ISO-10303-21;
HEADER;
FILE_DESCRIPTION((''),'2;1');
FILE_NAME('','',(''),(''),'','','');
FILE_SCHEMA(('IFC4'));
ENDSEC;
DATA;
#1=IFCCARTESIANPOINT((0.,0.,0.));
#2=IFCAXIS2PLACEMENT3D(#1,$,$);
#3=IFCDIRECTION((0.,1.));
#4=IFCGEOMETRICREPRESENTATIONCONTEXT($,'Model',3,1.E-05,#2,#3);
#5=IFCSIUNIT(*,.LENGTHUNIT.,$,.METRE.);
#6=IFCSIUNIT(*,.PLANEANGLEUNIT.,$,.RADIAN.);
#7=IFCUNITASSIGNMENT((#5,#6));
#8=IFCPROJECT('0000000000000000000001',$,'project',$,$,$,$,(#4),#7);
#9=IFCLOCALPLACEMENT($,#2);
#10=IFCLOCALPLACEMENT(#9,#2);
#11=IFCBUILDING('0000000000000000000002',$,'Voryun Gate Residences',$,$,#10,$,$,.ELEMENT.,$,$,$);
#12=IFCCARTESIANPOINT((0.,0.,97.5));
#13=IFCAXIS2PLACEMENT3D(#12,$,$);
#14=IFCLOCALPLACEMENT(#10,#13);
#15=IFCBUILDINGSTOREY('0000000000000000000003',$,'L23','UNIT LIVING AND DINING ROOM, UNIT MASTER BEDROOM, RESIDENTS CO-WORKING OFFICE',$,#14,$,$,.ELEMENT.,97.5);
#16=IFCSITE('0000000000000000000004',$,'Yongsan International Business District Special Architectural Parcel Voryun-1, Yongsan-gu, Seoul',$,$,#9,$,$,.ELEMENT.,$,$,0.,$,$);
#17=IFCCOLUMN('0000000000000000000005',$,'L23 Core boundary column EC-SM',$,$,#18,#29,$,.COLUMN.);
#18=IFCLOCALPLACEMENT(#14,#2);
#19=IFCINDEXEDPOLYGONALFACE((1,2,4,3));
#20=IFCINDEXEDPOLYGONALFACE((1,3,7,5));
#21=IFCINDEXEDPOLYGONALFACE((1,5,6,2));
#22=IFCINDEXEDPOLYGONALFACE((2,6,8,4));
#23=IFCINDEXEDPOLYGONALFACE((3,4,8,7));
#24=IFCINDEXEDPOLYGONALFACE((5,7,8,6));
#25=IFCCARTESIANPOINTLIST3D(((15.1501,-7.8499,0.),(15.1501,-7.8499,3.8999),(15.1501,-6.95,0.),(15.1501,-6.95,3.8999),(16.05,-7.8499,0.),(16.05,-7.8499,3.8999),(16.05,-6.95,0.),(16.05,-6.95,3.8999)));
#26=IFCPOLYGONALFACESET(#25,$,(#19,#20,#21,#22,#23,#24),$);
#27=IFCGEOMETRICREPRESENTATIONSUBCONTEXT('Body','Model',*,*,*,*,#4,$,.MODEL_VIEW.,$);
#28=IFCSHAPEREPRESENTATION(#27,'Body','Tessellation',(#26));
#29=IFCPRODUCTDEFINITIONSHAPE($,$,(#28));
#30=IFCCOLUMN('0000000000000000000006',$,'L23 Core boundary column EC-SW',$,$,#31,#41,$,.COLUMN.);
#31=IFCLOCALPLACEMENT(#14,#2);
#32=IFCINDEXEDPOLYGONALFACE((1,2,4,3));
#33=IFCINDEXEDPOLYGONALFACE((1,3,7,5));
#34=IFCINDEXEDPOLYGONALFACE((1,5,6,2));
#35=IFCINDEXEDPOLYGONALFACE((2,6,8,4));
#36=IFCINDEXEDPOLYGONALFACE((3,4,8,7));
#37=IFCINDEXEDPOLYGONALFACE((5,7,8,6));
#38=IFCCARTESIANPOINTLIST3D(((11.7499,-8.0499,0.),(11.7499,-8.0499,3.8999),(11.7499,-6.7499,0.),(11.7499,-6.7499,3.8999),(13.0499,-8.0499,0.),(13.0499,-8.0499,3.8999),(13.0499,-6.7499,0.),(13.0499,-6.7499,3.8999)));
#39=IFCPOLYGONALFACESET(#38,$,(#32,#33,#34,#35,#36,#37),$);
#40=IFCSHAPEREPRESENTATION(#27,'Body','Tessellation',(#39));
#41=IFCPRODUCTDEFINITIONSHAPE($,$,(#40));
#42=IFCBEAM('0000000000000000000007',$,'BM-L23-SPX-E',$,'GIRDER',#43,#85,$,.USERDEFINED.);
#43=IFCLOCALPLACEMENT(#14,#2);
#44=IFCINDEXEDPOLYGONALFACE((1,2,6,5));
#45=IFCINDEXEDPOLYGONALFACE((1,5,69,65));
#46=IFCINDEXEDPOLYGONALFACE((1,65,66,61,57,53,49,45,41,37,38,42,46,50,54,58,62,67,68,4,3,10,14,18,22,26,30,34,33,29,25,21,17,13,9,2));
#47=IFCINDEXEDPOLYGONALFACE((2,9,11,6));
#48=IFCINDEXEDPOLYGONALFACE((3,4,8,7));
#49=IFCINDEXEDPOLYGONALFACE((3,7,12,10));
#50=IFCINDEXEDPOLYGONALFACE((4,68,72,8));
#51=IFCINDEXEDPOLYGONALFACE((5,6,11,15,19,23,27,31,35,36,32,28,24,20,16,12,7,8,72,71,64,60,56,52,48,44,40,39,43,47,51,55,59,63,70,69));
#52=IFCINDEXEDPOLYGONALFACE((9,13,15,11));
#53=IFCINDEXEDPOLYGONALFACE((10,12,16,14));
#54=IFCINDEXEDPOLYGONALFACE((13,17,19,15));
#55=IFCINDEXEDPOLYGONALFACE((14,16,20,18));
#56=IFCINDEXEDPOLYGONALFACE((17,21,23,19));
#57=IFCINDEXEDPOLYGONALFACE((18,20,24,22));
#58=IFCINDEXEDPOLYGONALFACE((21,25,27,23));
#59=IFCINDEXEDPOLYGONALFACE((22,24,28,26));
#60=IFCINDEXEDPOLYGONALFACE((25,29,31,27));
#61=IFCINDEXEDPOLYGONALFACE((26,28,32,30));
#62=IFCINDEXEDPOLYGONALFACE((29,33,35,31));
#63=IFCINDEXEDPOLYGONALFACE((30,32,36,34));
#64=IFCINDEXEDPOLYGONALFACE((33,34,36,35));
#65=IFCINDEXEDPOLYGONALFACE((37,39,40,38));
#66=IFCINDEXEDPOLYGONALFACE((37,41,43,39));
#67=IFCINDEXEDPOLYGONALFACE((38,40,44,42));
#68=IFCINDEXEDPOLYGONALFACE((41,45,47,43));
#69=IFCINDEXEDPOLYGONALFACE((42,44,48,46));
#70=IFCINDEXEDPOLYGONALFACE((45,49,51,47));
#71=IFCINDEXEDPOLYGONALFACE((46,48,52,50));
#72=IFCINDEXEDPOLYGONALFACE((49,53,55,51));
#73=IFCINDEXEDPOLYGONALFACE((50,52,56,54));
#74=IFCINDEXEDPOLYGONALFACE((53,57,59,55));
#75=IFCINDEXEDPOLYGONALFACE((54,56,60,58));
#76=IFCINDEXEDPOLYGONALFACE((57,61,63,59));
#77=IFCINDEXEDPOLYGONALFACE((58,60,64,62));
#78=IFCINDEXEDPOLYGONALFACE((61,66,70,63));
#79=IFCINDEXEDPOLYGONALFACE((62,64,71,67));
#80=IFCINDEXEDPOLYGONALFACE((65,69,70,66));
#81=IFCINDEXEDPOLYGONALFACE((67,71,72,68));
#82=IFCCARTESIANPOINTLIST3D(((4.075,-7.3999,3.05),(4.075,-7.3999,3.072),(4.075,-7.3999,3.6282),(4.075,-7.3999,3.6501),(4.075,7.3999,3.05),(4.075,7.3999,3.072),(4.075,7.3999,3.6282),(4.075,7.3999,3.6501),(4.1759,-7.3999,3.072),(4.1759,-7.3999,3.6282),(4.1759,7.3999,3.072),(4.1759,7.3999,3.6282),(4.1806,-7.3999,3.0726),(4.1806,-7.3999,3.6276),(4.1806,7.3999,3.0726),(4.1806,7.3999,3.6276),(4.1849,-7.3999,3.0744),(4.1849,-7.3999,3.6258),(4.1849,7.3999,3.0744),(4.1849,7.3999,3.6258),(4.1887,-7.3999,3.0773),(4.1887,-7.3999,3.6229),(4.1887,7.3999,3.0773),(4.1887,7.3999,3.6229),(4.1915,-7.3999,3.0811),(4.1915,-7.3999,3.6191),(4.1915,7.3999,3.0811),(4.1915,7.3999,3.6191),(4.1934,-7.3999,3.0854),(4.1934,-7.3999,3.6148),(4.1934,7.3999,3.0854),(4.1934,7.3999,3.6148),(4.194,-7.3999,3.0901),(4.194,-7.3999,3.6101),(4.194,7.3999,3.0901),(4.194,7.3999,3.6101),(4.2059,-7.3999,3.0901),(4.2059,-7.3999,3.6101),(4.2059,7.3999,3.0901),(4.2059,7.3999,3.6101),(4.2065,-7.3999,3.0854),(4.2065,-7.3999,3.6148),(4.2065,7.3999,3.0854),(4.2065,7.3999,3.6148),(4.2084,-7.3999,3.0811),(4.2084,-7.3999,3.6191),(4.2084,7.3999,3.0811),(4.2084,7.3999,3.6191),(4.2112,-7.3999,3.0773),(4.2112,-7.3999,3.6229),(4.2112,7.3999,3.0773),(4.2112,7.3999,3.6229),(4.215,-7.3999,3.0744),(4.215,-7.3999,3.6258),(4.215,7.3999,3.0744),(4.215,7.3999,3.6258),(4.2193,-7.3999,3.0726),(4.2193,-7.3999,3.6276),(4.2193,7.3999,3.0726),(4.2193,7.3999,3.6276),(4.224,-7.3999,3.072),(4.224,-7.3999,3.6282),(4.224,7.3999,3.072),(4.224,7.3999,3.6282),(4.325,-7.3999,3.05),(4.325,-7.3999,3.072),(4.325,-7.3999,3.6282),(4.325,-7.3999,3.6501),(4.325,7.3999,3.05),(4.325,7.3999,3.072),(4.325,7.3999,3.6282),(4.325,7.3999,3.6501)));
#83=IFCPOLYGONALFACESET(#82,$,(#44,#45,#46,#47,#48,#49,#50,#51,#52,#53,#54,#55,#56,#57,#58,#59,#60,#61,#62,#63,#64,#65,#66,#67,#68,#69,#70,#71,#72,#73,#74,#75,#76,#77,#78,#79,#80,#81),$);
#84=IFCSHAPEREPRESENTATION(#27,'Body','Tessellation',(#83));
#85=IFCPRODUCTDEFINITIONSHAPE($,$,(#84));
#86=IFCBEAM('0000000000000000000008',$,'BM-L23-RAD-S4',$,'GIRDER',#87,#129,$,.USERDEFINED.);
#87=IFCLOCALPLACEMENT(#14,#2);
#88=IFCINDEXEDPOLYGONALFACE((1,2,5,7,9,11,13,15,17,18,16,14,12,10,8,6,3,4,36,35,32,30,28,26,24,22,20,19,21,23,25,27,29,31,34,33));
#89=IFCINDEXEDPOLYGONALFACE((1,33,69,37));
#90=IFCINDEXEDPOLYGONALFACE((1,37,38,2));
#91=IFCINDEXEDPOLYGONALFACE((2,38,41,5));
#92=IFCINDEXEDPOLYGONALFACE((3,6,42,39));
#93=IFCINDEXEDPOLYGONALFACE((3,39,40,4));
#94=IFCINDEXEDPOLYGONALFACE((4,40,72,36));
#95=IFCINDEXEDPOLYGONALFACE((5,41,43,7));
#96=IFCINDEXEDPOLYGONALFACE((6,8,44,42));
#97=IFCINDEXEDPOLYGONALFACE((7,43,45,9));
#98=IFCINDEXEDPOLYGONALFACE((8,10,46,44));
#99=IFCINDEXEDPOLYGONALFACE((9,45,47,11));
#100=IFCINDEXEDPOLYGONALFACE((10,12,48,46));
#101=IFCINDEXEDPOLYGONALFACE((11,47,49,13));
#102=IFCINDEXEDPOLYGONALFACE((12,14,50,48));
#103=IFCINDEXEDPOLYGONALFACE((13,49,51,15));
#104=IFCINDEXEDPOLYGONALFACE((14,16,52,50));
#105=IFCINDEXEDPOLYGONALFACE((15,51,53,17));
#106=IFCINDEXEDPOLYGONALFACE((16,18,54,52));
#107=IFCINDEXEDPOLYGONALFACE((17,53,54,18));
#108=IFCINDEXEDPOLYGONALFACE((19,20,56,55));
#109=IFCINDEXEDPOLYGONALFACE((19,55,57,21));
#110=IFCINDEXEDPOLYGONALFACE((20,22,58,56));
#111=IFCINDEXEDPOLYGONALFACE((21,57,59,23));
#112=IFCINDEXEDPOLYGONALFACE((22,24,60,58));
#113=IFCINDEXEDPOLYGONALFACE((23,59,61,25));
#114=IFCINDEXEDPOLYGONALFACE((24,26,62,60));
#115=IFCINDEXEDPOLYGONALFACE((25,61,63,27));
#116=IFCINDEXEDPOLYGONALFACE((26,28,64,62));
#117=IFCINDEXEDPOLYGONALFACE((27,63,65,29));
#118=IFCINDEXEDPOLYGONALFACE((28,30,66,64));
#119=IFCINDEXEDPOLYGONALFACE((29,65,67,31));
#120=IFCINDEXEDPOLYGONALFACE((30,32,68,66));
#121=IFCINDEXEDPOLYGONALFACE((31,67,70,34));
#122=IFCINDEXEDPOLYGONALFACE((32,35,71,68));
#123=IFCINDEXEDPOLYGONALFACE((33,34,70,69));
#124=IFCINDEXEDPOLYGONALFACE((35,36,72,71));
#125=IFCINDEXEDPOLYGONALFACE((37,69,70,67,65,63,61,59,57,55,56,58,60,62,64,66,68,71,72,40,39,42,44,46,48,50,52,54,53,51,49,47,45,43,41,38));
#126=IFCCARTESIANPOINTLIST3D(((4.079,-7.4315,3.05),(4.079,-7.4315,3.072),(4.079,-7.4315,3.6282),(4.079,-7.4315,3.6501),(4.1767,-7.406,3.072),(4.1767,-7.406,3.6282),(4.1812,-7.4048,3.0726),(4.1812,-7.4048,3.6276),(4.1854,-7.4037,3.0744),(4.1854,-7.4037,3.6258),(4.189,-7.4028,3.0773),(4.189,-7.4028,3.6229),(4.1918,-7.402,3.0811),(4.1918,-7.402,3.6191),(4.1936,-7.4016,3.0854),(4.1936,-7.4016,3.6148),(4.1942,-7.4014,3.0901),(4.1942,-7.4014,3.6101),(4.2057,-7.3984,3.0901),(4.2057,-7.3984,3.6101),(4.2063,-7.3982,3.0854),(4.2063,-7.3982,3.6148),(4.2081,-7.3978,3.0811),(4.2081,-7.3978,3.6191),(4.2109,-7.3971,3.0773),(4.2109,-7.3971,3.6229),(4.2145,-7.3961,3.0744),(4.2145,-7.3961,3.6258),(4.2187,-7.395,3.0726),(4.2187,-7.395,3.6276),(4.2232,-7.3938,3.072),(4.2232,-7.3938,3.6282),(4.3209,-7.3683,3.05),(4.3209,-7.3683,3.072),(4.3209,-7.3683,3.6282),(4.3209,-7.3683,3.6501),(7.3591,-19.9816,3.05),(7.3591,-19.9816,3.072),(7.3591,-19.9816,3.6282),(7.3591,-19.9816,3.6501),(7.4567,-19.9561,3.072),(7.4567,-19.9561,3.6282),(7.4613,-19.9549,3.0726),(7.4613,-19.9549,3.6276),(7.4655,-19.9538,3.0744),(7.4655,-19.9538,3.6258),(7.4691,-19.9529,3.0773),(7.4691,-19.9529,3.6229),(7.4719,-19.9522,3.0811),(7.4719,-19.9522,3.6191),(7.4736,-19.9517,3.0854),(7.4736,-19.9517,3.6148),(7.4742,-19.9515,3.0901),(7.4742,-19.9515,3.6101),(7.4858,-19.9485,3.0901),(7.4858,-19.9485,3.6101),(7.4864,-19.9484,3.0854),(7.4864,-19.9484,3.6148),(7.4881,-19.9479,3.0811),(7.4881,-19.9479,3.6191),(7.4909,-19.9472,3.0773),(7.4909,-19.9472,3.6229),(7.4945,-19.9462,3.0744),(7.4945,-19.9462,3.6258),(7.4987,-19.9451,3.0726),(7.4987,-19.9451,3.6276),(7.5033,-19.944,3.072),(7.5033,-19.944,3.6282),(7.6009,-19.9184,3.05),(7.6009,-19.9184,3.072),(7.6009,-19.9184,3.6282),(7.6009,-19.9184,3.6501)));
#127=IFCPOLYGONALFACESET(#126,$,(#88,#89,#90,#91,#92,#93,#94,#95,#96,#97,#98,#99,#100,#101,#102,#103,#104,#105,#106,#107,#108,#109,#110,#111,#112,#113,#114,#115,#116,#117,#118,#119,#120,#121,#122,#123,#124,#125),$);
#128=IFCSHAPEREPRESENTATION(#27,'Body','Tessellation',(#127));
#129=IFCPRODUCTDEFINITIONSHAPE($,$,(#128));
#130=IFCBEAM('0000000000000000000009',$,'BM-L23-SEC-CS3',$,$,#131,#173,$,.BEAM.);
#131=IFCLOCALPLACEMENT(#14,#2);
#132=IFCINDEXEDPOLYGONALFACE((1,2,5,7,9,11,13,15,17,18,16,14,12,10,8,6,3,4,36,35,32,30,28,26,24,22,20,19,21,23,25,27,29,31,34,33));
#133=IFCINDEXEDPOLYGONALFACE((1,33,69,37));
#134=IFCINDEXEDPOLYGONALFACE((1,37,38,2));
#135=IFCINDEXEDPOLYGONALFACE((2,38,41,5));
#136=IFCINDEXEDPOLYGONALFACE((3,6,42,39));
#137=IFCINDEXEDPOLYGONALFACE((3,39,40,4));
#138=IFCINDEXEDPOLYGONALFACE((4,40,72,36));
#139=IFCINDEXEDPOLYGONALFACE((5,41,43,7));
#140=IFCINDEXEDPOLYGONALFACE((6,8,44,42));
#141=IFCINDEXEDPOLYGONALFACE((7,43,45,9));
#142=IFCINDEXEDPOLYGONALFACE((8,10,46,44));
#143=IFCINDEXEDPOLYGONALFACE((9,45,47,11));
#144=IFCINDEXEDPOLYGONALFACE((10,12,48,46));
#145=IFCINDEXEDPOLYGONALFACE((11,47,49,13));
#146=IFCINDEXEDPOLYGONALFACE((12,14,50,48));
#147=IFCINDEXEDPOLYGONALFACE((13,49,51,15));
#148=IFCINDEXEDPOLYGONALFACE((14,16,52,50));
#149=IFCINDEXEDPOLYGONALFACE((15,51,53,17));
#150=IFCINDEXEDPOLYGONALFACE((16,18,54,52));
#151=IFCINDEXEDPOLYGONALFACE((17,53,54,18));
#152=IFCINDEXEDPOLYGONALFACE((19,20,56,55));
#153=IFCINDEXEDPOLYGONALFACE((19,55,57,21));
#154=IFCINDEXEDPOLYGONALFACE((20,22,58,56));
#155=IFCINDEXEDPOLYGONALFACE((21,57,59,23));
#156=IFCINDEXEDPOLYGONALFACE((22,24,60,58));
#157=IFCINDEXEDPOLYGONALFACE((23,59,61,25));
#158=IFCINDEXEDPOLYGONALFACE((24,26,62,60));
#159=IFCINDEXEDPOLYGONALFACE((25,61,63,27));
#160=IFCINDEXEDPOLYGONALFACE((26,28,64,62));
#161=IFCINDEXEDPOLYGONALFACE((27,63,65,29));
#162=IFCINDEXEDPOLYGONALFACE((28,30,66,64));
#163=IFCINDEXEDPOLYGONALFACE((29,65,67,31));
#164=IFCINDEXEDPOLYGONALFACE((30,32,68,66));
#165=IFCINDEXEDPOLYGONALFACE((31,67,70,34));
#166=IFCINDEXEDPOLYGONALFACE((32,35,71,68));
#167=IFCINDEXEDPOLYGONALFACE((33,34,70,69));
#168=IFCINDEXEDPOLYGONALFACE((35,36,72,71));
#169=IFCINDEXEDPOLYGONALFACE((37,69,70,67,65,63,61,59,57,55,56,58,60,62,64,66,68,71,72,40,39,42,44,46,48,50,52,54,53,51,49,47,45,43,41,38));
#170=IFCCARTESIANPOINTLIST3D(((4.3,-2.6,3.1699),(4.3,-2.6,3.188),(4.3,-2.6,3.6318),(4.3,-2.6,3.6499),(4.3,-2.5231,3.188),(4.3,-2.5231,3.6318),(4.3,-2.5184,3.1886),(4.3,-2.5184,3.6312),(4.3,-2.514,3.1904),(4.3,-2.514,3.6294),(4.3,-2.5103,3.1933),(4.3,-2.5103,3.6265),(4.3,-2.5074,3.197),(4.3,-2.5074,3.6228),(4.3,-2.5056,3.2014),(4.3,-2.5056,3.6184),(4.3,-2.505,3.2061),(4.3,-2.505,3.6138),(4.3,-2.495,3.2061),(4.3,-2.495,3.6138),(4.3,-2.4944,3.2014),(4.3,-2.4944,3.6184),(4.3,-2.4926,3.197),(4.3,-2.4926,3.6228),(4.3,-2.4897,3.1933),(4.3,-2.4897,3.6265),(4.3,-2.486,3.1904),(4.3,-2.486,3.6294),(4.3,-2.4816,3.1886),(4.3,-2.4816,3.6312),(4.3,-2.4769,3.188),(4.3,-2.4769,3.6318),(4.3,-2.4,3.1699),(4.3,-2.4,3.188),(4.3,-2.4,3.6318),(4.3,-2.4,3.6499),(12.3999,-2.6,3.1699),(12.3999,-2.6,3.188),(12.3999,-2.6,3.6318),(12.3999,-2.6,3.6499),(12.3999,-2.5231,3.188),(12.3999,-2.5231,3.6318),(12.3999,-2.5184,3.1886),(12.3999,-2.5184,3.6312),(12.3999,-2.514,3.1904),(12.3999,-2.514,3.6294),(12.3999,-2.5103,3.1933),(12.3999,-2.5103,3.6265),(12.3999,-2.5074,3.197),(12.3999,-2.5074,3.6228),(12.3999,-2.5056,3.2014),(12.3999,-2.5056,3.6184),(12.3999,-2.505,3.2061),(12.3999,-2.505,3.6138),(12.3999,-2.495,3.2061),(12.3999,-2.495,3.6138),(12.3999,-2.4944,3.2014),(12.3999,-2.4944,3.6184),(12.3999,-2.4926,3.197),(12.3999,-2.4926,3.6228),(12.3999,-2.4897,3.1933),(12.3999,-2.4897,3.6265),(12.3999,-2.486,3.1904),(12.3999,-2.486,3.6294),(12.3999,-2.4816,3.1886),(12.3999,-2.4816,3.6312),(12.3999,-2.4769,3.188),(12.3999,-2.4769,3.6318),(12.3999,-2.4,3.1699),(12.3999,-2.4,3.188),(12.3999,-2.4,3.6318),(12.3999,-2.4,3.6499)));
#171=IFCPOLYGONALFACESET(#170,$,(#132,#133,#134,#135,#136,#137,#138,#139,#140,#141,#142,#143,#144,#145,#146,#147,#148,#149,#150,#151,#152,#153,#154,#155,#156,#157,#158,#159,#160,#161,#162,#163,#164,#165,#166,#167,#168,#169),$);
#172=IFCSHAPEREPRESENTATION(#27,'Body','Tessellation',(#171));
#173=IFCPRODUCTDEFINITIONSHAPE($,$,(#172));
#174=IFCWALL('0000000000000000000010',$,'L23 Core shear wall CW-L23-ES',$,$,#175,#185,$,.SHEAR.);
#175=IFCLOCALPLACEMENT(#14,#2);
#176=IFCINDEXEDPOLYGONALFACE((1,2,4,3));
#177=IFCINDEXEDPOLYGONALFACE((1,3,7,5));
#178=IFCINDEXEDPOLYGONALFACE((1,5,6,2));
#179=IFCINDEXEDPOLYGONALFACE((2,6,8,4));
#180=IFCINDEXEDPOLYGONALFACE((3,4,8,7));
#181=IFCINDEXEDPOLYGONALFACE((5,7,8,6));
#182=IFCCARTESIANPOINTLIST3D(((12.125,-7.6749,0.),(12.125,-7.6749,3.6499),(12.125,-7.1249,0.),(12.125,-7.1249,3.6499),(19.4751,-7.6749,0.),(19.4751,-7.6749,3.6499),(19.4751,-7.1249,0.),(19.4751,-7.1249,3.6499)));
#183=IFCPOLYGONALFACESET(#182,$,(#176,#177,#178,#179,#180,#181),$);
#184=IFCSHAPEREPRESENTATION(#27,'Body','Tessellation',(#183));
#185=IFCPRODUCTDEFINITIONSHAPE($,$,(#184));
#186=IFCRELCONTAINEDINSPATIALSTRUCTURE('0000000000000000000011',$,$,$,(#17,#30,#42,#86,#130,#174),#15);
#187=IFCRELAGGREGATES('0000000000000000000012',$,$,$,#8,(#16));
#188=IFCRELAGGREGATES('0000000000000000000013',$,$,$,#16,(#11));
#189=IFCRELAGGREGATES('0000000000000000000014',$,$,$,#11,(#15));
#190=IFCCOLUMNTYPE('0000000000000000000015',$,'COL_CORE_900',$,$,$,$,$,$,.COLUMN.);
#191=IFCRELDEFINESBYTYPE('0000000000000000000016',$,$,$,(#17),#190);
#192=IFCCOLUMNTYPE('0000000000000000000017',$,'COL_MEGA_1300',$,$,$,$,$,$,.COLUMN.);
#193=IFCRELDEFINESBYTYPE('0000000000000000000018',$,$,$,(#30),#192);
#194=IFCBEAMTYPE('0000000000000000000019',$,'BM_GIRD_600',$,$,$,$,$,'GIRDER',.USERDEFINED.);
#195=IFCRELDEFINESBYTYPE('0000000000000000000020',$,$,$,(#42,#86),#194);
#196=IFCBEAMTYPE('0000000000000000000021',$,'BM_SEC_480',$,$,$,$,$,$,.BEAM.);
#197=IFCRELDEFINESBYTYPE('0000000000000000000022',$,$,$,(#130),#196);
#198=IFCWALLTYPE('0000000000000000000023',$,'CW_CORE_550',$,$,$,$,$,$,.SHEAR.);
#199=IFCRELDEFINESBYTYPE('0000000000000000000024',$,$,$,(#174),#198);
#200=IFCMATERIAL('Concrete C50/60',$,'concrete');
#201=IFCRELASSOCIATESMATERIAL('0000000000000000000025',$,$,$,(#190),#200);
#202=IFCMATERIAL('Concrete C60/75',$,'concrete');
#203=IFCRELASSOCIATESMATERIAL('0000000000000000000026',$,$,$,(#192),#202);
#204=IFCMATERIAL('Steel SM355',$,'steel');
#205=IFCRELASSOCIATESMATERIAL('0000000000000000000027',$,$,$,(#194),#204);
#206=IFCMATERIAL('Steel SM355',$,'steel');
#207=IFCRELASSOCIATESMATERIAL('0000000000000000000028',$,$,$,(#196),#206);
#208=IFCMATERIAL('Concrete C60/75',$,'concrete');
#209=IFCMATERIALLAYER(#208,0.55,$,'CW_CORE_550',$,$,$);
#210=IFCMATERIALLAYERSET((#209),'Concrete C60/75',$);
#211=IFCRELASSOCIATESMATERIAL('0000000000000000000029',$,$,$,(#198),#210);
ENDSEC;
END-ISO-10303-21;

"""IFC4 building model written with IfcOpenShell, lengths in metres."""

from ifc_helpers import new_model, si_unit, direction, frame, frame_2d, origin, origin_2d, place, context, subcontext, project, spatial, rectangle, i_section, extrude, material, layer, layer_set, material_profile, profile_set, type_object, element, save


model = new_model("IFC4")

# Units and contexts
model_context = context("Model", 3, precision=1e-05, world=origin(), true_north=direction((0.0, 1.0)))
body_context = subcontext(model_context, "Body", "Model", "MODEL_VIEW")
ifc_project = project(units=[si_unit("LENGTHUNIT", "METRE"), si_unit("PLANEANGLEUNIT", "RADIAN")], contexts=[model_context])

# Site, building, storey
site_placement = place(None, origin())
site = spatial("IfcSite", under=ifc_project, at=site_placement, Name="Yongsan International Business District Special Architectural Parcel Voryun-1, Yongsan-gu, Seoul", CompositionType="ELEMENT", RefElevation=0.0)
building_placement = place(site_placement, origin())
building = spatial("IfcBuilding", under=site, at=building_placement, Name="Voryun Gate Residences", CompositionType="ELEMENT")
storey_placement = place(building_placement, frame((0.0, 0.0, 97.5)))
storey = spatial("IfcBuildingStorey", under=building, at=storey_placement, Name="L23", Description="UNIT LIVING AND DINING ROOM, UNIT MASTER BEDROOM, RESIDENTS CO-WORKING OFFICE", CompositionType="ELEMENT", Elevation=97.5)

# Columns
ifc_material_1 = material(Name="Concrete C50/60", Category="concrete")
ifc_material_profile_1 = material_profile(ifc_material_1, rectangle(XDim=0.8999, YDim=0.8999, at=origin_2d()), Name="RC-900x900")
ifc_profile_set_1 = profile_set([ifc_material_profile_1], Name="Concrete C50/60")
column_type_1 = type_object("IfcColumnType", Name="COL_CORE_900", PredefinedType="COLUMN", material=ifc_profile_set_1)
column_1_placement = place(storey_placement, frame((15.6001, -7.3999, 0.0), z_axis=(0.0, 0.0, 1.0), x_axis=(1.0, 0.0, 0.0)))
element("IfcColumn", 1, at=column_1_placement, inside=storey, type_object=column_type_1, Name="L23 Core boundary column EC-SM", PredefinedType="COLUMN", context=body_context, shape_type="SweptSolid", body=[
    extrude(rectangle(XDim=0.8999, YDim=0.8999, at=origin_2d()), origin(), (0.0, 0.0, 1.0), 3.8999),
])
ifc_material_2 = material(Name="Concrete C60/75", Category="concrete")
ifc_material_profile_2 = material_profile(ifc_material_2, rectangle(XDim=1.3, YDim=1.3, at=origin_2d()), Name="RC-1300x1300")
ifc_profile_set_2 = profile_set([ifc_material_profile_2], Name="Concrete C60/75")
column_type_2 = type_object("IfcColumnType", Name="COL_MEGA_1300", PredefinedType="COLUMN", material=ifc_profile_set_2)
column_2_placement = place(storey_placement, frame((12.3999, -7.3999, 0.0), z_axis=(0.0, 0.0, 1.0), x_axis=(1.0, 0.0, 0.0)))
element("IfcColumn", 2, at=column_2_placement, inside=storey, type_object=column_type_2, Name="L23 Core boundary column EC-SW", PredefinedType="COLUMN", context=body_context, shape_type="SweptSolid", body=[
    extrude(rectangle(XDim=1.3, YDim=1.3, at=origin_2d()), origin(), (0.0, 0.0, 1.0), 3.8999),
])

# Beams
ifc_material_3 = material(Name="Steel SM355", Category="steel")
ifc_material_profile_3 = material_profile(ifc_material_3, i_section(OverallWidth=0.25, OverallDepth=0.6001, WebThickness=0.012, FlangeThickness=0.022, FilletRadius=0.0181, at=origin_2d()), Name="H-600x250x12x22")
ifc_profile_set_3 = profile_set([ifc_material_profile_3], Name="Steel SM355")
beam_type_1 = type_object("IfcBeamType", Name="BM_GIRD_600", ElementType="GIRDER", PredefinedType="USERDEFINED", material=ifc_profile_set_3)
beam_1_placement = place(storey_placement, frame((4.2, -7.3999, 3.3501), z_axis=(0.0, 1.0, 0.0), x_axis=(-1.0, 0.0, 0.0)))
element("IfcBeam", 3, at=beam_1_placement, inside=storey, type_object=beam_type_1, Name="BM-L23-SPX-E", ObjectType="GIRDER", PredefinedType="USERDEFINED", context=body_context, shape_type="SweptSolid", body=[
    extrude(i_section(OverallWidth=0.25, OverallDepth=0.6001, WebThickness=0.012, FlangeThickness=0.022, FilletRadius=0.0181, at=origin_2d()), origin(), (0.0, 0.0, 1.0), 14.7998),
])
beam_2_placement = place(storey_placement, frame((4.2, -7.3999, 3.3501), z_axis=(0.252862, -0.967502, 0.0), x_axis=(0.967502, 0.252862, 0.0)))
element("IfcBeam", 4, at=beam_2_placement, inside=storey, type_object=beam_type_1, Name="BM-L23-RAD-S4", ObjectType="GIRDER", PredefinedType="USERDEFINED", context=body_context, shape_type="SweptSolid", body=[
    extrude(i_section(OverallWidth=0.25, OverallDepth=0.6001, WebThickness=0.012, FlangeThickness=0.022, FilletRadius=0.0181, at=origin_2d()), origin(), (0.0, 0.0, 1.0), 12.9717),
])
ifc_material_4 = material(Name="Steel SM355", Category="steel")
ifc_material_profile_4 = material_profile(ifc_material_4, i_section(OverallWidth=0.2, OverallDepth=0.48, WebThickness=0.01, FlangeThickness=0.0181, FilletRadius=0.0181, at=origin_2d()), Name="H-480x200x10x18")
ifc_profile_set_4 = profile_set([ifc_material_profile_4], Name="Steel SM355")
beam_type_2 = type_object("IfcBeamType", Name="BM_SEC_480", PredefinedType="BEAM", material=ifc_profile_set_4)
beam_3_placement = place(storey_placement, frame((4.3, -2.5, 3.4099), z_axis=(1.0, 0.0, 0.0), x_axis=(0.0, 1.0, 0.0)))
element("IfcBeam", 5, at=beam_3_placement, inside=storey, type_object=beam_type_2, Name="BM-L23-SEC-CS3", PredefinedType="BEAM", context=body_context, shape_type="SweptSolid", body=[
    extrude(i_section(OverallWidth=0.2, OverallDepth=0.48, WebThickness=0.01, FlangeThickness=0.0181, FilletRadius=0.0181, at=origin_2d()), origin(), (0.0, 0.0, 1.0), 8.0999),
])

# Wall
ifc_material_5 = material(Name="Concrete C60/75", Category="concrete")
ifc_layer_1 = layer(ifc_material_5, 0.55, Name="CW_CORE_550")
ifc_layer_set_1 = layer_set([ifc_layer_1], Name="Concrete C60/75")
wall_type_1 = type_object("IfcWallType", Name="CW_CORE_550", PredefinedType="SHEAR", material=ifc_layer_set_1)
wall_1_placement = place(storey_placement, frame((12.125, -7.3999, 0.0), z_axis=(0.0, 0.0, 1.0), x_axis=(1.0, 0.0, 0.0)))
element("IfcWall", 6, at=wall_1_placement, inside=storey, type_object=wall_type_1, Name="L23 Core shear wall CW-L23-ES", PredefinedType="SHEAR", context=body_context, shape_type="SweptSolid", body=[
    extrude(rectangle(XDim=7.3501, YDim=0.55, at=frame_2d((3.675, 0.0))), origin(), (0.0, 0.0, 1.0), 3.6499),
])

save(model, "model.ifc")
